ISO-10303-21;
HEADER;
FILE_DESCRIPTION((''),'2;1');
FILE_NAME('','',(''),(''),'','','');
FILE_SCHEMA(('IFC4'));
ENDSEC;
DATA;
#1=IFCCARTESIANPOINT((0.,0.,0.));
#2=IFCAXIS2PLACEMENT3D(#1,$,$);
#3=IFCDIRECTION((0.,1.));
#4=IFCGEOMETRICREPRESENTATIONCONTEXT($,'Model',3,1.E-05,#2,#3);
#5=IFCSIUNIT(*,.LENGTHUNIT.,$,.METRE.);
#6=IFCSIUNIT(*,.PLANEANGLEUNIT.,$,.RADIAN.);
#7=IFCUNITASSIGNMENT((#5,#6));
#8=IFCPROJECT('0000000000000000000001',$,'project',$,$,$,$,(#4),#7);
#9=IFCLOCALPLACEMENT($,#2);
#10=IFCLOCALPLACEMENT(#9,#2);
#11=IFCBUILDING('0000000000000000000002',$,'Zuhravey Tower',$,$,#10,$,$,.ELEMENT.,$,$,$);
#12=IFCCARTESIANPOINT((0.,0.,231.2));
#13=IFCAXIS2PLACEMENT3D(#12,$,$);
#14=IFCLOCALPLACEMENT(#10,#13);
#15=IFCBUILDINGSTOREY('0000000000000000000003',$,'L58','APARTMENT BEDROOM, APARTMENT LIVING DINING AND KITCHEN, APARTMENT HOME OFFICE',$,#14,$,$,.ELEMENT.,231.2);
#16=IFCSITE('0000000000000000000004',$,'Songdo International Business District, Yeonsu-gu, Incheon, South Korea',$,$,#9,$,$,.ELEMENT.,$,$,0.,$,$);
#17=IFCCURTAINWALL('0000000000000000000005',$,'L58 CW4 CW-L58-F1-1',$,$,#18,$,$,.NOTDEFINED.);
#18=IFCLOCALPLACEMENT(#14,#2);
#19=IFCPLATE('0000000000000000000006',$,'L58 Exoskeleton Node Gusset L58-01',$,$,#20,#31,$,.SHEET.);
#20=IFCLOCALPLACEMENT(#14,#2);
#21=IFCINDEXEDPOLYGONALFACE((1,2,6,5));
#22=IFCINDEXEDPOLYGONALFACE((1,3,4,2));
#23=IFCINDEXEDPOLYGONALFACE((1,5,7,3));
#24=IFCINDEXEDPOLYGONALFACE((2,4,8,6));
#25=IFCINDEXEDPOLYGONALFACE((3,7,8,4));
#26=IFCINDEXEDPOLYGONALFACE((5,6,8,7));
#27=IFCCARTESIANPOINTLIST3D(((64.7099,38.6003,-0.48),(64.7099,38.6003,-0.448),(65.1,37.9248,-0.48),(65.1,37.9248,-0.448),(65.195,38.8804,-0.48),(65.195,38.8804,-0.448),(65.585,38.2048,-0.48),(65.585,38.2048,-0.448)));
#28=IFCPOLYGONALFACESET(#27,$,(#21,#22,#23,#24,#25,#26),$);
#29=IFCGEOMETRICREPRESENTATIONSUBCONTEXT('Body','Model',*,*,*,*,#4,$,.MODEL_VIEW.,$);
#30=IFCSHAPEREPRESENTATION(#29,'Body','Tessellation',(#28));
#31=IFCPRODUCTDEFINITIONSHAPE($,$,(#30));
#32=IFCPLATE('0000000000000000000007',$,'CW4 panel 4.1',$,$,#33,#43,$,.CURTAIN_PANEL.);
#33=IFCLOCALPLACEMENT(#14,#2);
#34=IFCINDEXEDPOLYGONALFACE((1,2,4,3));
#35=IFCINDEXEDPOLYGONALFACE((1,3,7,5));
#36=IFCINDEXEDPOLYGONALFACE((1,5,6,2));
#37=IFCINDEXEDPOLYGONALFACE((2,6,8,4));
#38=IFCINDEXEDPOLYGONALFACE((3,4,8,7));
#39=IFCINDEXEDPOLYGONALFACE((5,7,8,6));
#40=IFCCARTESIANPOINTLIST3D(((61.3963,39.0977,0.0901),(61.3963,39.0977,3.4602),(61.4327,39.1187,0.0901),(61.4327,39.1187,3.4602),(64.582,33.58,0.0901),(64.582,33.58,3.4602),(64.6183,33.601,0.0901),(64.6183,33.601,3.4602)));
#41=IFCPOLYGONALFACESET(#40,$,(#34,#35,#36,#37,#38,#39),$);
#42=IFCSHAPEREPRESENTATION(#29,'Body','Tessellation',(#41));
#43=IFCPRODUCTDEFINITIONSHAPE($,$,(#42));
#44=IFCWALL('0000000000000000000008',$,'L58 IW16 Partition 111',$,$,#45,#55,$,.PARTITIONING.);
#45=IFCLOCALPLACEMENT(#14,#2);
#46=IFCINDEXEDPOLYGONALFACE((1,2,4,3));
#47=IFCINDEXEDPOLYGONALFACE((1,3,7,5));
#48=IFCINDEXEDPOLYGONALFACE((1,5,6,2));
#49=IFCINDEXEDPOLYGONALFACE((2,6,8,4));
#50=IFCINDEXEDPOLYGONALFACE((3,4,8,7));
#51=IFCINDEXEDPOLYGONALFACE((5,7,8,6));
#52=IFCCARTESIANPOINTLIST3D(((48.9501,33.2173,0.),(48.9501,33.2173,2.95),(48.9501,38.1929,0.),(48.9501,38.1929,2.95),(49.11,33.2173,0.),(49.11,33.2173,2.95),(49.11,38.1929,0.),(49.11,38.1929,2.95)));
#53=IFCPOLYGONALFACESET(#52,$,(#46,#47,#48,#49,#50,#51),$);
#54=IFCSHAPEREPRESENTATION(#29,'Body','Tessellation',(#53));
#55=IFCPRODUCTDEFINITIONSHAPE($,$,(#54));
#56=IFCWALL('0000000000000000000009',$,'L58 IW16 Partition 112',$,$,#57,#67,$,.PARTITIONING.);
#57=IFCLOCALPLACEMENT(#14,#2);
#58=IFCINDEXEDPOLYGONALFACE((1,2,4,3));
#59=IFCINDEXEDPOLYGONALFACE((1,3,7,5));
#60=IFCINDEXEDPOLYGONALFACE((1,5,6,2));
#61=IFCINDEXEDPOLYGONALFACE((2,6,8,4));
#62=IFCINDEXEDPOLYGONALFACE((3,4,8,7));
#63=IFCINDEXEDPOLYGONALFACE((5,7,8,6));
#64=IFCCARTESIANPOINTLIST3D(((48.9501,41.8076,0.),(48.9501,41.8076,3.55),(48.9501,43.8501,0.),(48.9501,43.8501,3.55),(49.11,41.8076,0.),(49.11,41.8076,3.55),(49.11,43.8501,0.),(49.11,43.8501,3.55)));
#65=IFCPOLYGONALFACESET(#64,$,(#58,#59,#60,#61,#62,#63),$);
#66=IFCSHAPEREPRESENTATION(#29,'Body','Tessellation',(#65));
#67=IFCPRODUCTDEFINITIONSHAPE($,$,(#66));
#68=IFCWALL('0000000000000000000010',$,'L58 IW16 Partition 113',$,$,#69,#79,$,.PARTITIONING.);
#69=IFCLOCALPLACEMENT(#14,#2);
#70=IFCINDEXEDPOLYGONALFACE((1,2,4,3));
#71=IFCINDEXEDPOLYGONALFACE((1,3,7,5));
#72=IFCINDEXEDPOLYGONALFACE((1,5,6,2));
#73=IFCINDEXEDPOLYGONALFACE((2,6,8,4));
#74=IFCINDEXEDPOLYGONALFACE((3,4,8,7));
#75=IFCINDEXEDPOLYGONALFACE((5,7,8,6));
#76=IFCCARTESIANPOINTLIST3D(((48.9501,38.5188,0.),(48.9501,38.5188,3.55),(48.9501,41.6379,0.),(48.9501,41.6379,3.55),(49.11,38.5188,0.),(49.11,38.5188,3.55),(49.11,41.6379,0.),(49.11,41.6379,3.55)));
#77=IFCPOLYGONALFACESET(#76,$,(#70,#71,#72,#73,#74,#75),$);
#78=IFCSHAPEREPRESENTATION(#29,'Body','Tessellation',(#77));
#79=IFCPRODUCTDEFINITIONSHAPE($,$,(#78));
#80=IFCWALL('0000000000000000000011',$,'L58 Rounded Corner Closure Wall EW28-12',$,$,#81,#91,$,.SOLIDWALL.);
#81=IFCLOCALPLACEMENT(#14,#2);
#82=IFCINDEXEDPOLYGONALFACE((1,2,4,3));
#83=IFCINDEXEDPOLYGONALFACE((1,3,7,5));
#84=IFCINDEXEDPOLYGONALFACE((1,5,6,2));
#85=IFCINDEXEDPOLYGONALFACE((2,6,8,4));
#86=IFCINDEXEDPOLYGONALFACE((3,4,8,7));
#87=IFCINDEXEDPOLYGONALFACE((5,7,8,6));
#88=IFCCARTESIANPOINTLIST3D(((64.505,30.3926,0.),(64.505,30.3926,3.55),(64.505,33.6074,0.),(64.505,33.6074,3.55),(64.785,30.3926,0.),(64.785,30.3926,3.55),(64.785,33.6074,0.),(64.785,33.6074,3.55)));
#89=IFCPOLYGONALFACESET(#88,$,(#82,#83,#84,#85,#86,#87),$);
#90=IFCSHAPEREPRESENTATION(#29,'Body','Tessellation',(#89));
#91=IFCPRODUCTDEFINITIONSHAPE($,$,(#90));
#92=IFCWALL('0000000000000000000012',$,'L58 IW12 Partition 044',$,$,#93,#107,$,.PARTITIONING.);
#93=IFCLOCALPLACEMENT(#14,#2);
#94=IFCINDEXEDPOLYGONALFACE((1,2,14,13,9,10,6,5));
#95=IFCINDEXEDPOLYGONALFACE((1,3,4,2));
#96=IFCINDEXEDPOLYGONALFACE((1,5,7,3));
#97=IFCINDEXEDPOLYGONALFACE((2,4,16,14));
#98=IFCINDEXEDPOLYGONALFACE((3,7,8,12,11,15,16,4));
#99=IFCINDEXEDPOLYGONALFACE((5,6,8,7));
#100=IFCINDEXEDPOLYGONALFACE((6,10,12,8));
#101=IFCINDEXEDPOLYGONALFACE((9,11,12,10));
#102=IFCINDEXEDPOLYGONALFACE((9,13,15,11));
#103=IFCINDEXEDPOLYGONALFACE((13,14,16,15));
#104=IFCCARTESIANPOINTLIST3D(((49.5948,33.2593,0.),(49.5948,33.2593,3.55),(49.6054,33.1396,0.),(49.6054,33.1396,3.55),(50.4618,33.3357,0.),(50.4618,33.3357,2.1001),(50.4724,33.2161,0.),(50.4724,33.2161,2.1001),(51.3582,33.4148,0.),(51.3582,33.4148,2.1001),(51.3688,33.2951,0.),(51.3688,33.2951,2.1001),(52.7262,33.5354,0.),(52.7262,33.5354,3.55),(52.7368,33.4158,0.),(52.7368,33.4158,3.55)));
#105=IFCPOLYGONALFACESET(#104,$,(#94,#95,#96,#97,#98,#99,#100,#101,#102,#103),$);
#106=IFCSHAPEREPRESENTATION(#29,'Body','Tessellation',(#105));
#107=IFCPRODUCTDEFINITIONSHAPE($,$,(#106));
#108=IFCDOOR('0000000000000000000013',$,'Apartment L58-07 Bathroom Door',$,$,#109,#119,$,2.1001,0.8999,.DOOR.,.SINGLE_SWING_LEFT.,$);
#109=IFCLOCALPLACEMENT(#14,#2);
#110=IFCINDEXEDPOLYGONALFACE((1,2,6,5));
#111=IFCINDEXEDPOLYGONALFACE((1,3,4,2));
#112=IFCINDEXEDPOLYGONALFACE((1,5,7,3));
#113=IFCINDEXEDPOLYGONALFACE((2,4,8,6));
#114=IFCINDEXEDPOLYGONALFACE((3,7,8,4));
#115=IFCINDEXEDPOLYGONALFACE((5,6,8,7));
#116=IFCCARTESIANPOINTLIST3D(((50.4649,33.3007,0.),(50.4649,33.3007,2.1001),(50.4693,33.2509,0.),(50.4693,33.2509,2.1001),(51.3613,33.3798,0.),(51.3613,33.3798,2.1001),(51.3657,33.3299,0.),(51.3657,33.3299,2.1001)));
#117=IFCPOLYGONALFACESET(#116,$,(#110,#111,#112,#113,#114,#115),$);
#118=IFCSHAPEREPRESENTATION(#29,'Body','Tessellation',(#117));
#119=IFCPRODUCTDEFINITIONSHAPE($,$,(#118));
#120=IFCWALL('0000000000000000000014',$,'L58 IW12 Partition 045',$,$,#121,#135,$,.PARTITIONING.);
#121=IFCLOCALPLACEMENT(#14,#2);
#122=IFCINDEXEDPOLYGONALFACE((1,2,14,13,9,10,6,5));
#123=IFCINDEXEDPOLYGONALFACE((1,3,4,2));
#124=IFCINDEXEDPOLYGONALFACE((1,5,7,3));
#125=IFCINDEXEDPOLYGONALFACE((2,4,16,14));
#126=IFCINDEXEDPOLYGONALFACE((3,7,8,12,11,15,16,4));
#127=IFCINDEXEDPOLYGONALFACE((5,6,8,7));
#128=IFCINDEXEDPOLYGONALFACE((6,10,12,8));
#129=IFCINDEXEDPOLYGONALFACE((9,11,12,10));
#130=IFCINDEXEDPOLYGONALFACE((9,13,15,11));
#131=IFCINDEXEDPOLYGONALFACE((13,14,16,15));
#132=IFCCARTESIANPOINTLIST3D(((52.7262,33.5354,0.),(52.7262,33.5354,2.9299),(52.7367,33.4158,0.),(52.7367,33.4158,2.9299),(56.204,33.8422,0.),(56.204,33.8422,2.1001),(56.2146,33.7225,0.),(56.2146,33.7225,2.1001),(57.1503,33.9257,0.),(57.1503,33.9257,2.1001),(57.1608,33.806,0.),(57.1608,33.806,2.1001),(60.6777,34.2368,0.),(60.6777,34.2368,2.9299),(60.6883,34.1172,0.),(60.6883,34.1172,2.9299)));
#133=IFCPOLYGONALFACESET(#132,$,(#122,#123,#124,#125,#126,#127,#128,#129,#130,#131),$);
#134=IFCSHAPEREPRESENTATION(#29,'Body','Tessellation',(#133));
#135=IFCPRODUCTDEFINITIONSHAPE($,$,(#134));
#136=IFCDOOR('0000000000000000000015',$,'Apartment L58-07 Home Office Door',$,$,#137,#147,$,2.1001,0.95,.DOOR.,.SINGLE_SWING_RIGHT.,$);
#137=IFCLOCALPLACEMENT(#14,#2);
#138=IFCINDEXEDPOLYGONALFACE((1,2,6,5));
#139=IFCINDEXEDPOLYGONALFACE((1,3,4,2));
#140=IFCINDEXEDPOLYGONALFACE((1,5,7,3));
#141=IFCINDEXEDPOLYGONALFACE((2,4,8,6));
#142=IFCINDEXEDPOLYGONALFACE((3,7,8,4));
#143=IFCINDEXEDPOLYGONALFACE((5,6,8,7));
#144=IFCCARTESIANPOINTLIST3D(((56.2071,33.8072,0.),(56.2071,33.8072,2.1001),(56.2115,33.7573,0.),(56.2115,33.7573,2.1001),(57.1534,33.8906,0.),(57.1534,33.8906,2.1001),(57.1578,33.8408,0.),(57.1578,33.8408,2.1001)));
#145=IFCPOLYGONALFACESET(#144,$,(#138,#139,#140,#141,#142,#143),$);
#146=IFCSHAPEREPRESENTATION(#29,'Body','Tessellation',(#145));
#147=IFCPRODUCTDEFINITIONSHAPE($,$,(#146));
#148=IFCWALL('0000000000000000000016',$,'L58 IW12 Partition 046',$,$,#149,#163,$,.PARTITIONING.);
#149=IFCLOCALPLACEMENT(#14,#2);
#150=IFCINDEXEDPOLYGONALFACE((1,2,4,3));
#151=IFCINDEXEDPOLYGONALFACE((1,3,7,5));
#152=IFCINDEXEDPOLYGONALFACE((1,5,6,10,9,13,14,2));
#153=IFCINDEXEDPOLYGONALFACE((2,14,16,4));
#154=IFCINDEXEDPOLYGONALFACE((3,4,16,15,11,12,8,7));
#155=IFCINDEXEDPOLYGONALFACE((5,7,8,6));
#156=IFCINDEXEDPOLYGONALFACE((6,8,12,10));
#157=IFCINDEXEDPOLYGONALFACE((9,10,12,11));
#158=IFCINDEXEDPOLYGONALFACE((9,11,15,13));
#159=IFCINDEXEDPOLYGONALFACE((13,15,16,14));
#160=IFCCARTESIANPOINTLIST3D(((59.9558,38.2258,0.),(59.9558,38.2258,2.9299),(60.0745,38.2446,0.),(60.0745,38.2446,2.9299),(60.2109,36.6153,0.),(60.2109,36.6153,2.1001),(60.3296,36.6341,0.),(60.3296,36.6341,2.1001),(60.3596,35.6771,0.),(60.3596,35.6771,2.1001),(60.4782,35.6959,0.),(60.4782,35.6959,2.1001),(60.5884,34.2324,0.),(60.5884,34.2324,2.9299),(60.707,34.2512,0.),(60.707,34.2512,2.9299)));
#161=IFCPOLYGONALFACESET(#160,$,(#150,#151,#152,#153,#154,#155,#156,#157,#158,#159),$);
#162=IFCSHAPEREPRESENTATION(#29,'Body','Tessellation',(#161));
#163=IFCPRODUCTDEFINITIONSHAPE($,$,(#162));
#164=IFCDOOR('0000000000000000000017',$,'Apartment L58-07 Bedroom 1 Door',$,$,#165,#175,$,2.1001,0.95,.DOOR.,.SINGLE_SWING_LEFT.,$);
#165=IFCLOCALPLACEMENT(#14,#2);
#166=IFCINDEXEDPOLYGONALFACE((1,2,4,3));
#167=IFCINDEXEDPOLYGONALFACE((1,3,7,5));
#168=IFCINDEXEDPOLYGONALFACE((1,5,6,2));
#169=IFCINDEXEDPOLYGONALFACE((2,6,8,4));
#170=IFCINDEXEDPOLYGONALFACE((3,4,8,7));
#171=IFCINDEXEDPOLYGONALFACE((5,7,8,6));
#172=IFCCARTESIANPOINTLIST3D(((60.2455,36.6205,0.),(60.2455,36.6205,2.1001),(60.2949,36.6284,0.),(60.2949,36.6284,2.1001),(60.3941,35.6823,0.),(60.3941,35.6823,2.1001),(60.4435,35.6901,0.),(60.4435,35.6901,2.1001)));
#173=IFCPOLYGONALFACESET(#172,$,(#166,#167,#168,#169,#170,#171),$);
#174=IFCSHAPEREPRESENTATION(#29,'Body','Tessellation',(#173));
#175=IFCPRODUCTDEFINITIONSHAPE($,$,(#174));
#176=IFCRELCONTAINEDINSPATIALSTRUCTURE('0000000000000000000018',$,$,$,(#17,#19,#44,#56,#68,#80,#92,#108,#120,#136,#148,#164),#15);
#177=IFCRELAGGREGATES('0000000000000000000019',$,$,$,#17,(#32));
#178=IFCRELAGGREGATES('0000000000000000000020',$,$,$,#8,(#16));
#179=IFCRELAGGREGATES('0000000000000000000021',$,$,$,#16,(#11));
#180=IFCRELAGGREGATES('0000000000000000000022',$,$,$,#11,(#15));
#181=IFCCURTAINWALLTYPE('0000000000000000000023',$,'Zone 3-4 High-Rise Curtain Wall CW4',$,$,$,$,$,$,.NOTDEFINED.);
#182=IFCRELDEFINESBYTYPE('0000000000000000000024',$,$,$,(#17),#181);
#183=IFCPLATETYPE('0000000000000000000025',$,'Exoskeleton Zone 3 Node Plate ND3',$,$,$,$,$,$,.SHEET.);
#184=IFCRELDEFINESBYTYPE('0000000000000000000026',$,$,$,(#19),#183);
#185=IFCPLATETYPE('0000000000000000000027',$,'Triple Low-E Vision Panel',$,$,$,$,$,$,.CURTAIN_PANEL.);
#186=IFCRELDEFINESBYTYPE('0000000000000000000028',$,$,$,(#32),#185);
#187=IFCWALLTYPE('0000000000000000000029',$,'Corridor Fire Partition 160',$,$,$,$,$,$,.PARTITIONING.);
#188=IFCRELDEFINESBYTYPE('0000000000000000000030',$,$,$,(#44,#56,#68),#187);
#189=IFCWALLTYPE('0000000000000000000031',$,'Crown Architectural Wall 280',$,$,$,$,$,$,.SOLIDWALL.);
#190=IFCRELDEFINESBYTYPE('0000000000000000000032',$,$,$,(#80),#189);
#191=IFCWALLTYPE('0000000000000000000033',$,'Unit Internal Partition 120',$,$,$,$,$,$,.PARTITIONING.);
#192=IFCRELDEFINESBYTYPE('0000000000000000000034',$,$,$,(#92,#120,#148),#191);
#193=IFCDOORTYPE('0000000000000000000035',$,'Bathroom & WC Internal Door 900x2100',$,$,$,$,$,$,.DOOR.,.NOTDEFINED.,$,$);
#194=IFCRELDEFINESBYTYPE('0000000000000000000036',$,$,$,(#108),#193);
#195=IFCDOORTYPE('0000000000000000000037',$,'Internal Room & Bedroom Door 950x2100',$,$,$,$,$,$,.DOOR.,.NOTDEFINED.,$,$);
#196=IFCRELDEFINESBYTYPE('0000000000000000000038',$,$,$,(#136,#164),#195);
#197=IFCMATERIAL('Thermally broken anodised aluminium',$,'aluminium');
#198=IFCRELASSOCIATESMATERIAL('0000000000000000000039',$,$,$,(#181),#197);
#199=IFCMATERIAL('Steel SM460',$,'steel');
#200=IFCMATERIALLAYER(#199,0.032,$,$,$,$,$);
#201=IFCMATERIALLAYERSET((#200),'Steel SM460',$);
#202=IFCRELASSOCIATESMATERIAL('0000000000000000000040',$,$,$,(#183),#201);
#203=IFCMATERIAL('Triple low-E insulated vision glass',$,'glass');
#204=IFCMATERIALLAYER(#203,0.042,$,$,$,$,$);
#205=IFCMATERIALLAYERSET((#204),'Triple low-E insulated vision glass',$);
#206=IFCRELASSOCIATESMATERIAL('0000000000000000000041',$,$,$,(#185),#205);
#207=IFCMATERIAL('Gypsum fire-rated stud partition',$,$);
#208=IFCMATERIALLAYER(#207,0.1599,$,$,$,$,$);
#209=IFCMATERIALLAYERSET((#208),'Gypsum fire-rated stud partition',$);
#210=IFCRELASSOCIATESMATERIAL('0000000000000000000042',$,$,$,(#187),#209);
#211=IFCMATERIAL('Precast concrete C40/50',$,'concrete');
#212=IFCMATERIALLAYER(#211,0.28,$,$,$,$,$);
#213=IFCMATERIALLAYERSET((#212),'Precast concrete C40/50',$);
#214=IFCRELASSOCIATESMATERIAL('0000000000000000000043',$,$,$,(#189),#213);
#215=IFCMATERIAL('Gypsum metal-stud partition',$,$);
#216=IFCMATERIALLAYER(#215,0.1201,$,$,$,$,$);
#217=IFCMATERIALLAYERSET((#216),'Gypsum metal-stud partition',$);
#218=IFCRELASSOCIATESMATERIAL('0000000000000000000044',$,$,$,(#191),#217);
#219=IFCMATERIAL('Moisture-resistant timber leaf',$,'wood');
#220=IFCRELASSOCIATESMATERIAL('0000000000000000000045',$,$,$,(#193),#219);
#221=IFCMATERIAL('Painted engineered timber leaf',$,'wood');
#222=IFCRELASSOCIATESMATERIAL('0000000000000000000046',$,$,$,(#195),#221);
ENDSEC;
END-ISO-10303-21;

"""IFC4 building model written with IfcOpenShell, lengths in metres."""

from ifc_helpers import new_model, si_unit, direction, frame, frame_2d, origin, origin_2d, place, context, subcontext, project, spatial, rectangle, extrude, material, layer, layer_set, type_object, element, fill, aggregate, save


model = new_model("IFC4")

# Units and contexts
model_context = context("Model", 3, precision=1e-05, world=origin(), true_north=direction((0.0, 1.0)))
body_context = subcontext(model_context, "Body", "Model", "MODEL_VIEW")
ifc_project = project(units=[si_unit("LENGTHUNIT", "METRE"), si_unit("PLANEANGLEUNIT", "RADIAN")], contexts=[model_context])

# Site, building, storey
site_placement = place(None, origin())
site = spatial("IfcSite", under=ifc_project, at=site_placement, Name="Songdo International Business District, Yeonsu-gu, Incheon, South Korea", CompositionType="ELEMENT", RefElevation=0.0)
building_placement = place(site_placement, origin())
building = spatial("IfcBuilding", under=site, at=building_placement, Name="Zuhravey Tower", CompositionType="ELEMENT")
storey_placement = place(building_placement, frame((0.0, 0.0, 231.2)))
storey = spatial("IfcBuildingStorey", under=building, at=storey_placement, Name="L58", Description="APARTMENT BEDROOM, APARTMENT LIVING DINING AND KITCHEN, APARTMENT HOME OFFICE", CompositionType="ELEMENT", Elevation=231.2)

# Curtain wall
ifc_material_1 = material(Name="Thermally broken anodised aluminium", Category="aluminium")
curtain_wall_type = type_object("IfcCurtainWallType", Name="Zone 3-4 High-Rise Curtain Wall CW4", PredefinedType="NOTDEFINED", material=ifc_material_1)
curtain_wall_placement = place(storey_placement, origin())
curtain_wall = element("IfcCurtainWall", 1, at=curtain_wall_placement, inside=storey, type_object=curtain_wall_type, Name="L58 CW4 CW-L58-F1-1", PredefinedType="NOTDEFINED")

# Plates
ifc_material_2 = material(Name="Steel SM460", Category="steel")
ifc_layer_1 = layer(ifc_material_2, 0.032)
ifc_layer_set_1 = layer_set([ifc_layer_1], Name="Steel SM460")
plate_type_1 = type_object("IfcPlateType", Name="Exoskeleton Zone 3 Node Plate ND3", PredefinedType="SHEET", material=ifc_layer_set_1)
plate_1_placement = place(storey_placement, frame((65.1475, 38.4026, -0.48), z_axis=(0.0, 0.0, 1.0), x_axis=(-0.5, 0.866025, 0.0)))
element("IfcPlate", 2, at=plate_1_placement, inside=storey, type_object=plate_type_1, Name="L58 Exoskeleton Node Gusset L58-01", PredefinedType="SHEET", context=body_context, shape_type="SweptSolid", body=[
    extrude(rectangle(XDim=0.78, YDim=0.5601, at=origin_2d()), origin(), (0.0, 0.0, 1.0), 0.032),
])
ifc_material_3 = material(Name="Triple low-E insulated vision glass", Category="glass")
ifc_layer_2 = layer(ifc_material_3, 0.042)
ifc_layer_set_2 = layer_set([ifc_layer_2], Name="Triple low-E insulated vision glass")
plate_type_2 = type_object("IfcPlateType", Name="Triple Low-E Vision Panel", PredefinedType="CURTAIN_PANEL", material=ifc_layer_set_2)
plate_2_placement = place(storey_placement, frame((63.0073, 36.3494, 0.0901), z_axis=(0.0, 0.0, 1.0), x_axis=(0.500001, -0.866025, 0.0)))
plate_2 = element("IfcPlate", 3, at=plate_2_placement, type_object=plate_type_2, Name="CW4 panel 4.1", PredefinedType="CURTAIN_PANEL", context=body_context, shape_type="SweptSolid", body=[
    extrude(rectangle(XDim=6.3713, YDim=0.042, at=origin_2d()), origin(), (0.0, 0.0, 1.0), 3.3701),
])
aggregate(curtain_wall, [plate_2])

# Walls
ifc_material_4 = material(Name="Gypsum fire-rated stud partition")
ifc_layer_3 = layer(ifc_material_4, 0.1599)
ifc_layer_set_3 = layer_set([ifc_layer_3], Name="Gypsum fire-rated stud partition")
wall_type_1 = type_object("IfcWallType", Name="Corridor Fire Partition 160", PredefinedType="PARTITIONING", material=ifc_layer_set_3)
wall_1_placement = place(storey_placement, frame((49.03, 33.2173, 0.0), z_axis=(0.0, 0.0, 1.0), x_axis=(0.0, 1.0, 0.0)))
element("IfcWall", 4, at=wall_1_placement, inside=storey, type_object=wall_type_1, Name="L58 IW16 Partition 111", PredefinedType="PARTITIONING", context=body_context, shape_type="SweptSolid", body=[
    extrude(rectangle(XDim=4.9756, YDim=0.1599, at=frame_2d((2.4878, 0.0))), origin(), (0.0, 0.0, 1.0), 2.95),
])
wall_2_placement = place(storey_placement, frame((49.03, 41.8076, 0.0), z_axis=(0.0, 0.0, 1.0), x_axis=(0.0, 1.0, 0.0)))
element("IfcWall", 5, at=wall_2_placement, inside=storey, type_object=wall_type_1, Name="L58 IW16 Partition 112", PredefinedType="PARTITIONING", context=body_context, shape_type="SweptSolid", body=[
    extrude(rectangle(XDim=2.0425, YDim=0.1599, at=frame_2d((1.0212, 0.0))), origin(), (0.0, 0.0, 1.0), 3.55),
])
wall_3_placement = place(storey_placement, frame((49.03, 38.5188, 0.0), z_axis=(0.0, 0.0, 1.0), x_axis=(0.0, 1.0, 0.0)))
element("IfcWall", 6, at=wall_3_placement, inside=storey, type_object=wall_type_1, Name="L58 IW16 Partition 113", PredefinedType="PARTITIONING", context=body_context, shape_type="SweptSolid", body=[
    extrude(rectangle(XDim=3.1191, YDim=0.1599, at=frame_2d((1.5596, 0.0))), origin(), (0.0, 0.0, 1.0), 3.55),
])
ifc_material_5 = material(Name="Precast concrete C40/50", Category="concrete")
ifc_layer_4 = layer(ifc_material_5, 0.28)
ifc_layer_set_4 = layer_set([ifc_layer_4], Name="Precast concrete C40/50")
wall_type_2 = type_object("IfcWallType", Name="Crown Architectural Wall 280", PredefinedType="SOLIDWALL", material=ifc_layer_set_4)
wall_4_placement = place(storey_placement, frame((64.645, 33.6074, 0.0), z_axis=(0.0, 0.0, 1.0), x_axis=(0.0, -1.0, 0.0)))
element("IfcWall", 7, at=wall_4_placement, inside=storey, type_object=wall_type_2, Name="L58 Rounded Corner Closure Wall EW28-12", PredefinedType="SOLIDWALL", context=body_context, shape_type="SweptSolid", body=[
    extrude(rectangle(XDim=3.2148, YDim=0.28, at=frame_2d((1.6074, 0.0))), origin(), (0.0, 0.0, 1.0), 3.55),
])

# Walls, openings, doors
ifc_material_6 = material(Name="Gypsum metal-stud partition")
ifc_layer_5 = layer(ifc_material_6, 0.1201)
ifc_layer_set_5 = layer_set([ifc_layer_5], Name="Gypsum metal-stud partition")
wall_type_3 = type_object("IfcWallType", Name="Unit Internal Partition 120", PredefinedType="PARTITIONING", material=ifc_layer_set_5)
wall_5_placement = place(storey_placement, frame((49.6001, 33.1995, 0.0), z_axis=(0.0, 0.0, 1.0), x_axis=(0.996135, 0.087839, 0.0)))
wall_5 = element("IfcWall", 8, at=wall_5_placement, inside=storey, type_object=wall_type_3, Name="L58 IW12 Partition 044", PredefinedType="PARTITIONING", context=body_context, shape_type="SweptSolid", body=[
    extrude(rectangle(XDim=3.1436, YDim=0.1201, at=frame_2d((1.5718, 0.0))), origin(), (0.0, 0.0, 1.0), 3.55),
])
opening_1_placement = place(wall_5_placement, frame((0.8704, 0.0, 0.0)))
opening_1 = element("IfcOpeningElement", 9, at=opening_1_placement, cuts=wall_5, PredefinedType="OPENING", context=body_context, shape_type="SweptSolid", body=[
    extrude(rectangle(XDim=0.8999, YDim=2.1001, at=frame_2d((0.45, 1.05))), frame((0.0, 0.072, 0.0), z_axis=(0.0, -1.0, 0.0), x_axis=(1.0, 0.0, 0.0)), (0.0, 0.0, 1.0), 0.144),
])
ifc_material_7 = material(Name="Moisture-resistant timber leaf", Category="wood")
door_type_1 = type_object("IfcDoorType", Name="Bathroom & WC Internal Door 900x2100", OperationType="NOTDEFINED", PredefinedType="DOOR", material=ifc_material_7)
door_1_placement = place(opening_1_placement, origin())
door_1 = element("IfcDoor", 10, at=door_1_placement, inside=storey, type_object=door_type_1, Name="Apartment L58-07 Bathroom Door", OperationType="SINGLE_SWING_LEFT", OverallHeight=2.1001, OverallWidth=0.8999, PredefinedType="DOOR", context=body_context, shape_type="SweptSolid", body=[
    extrude(rectangle(XDim=0.8999, YDim=2.1001, at=frame_2d((0.45, 1.05))), frame((0.0, 0.0249, 0.0), z_axis=(0.0, -1.0, 0.0), x_axis=(1.0, 0.0, 0.0)), (0.0, 0.0, 1.0), 0.05),
])
fill(opening_1, door_1)
wall_6_placement = place(storey_placement, frame((52.7314, 33.4756, 0.0), z_axis=(0.0, 0.0, 1.0), x_axis=(0.996132, 0.087869, 0.0)))
wall_6 = element("IfcWall", 11, at=wall_6_placement, inside=storey, type_object=wall_type_3, Name="L58 IW12 Partition 045", PredefinedType="PARTITIONING", context=body_context, shape_type="SweptSolid", body=[
    extrude(rectangle(XDim=7.9824, YDim=0.1201, at=frame_2d((3.9912, 0.0))), origin(), (0.0, 0.0, 1.0), 2.9299),
])
opening_2_placement = place(wall_6_placement, frame((3.4912, 0.0, 0.0)))
opening_2 = element("IfcOpeningElement", 12, at=opening_2_placement, cuts=wall_6, PredefinedType="OPENING", context=body_context, shape_type="SweptSolid", body=[
    extrude(rectangle(XDim=0.95, YDim=2.1001, at=frame_2d((0.4751, 1.05))), frame((0.0, 0.072, 0.0), z_axis=(0.0, -1.0, 0.0), x_axis=(1.0, 0.0, 0.0)), (0.0, 0.0, 1.0), 0.144),
])
ifc_material_8 = material(Name="Painted engineered timber leaf", Category="wood")
door_type_2 = type_object("IfcDoorType", Name="Internal Room & Bedroom Door 950x2100", OperationType="NOTDEFINED", PredefinedType="DOOR", material=ifc_material_8)
door_2_placement = place(opening_2_placement, origin())
door_2 = element("IfcDoor", 13, at=door_2_placement, inside=storey, type_object=door_type_2, Name="Apartment L58-07 Home Office Door", OperationType="SINGLE_SWING_RIGHT", OverallHeight=2.1001, OverallWidth=0.95, PredefinedType="DOOR", context=body_context, shape_type="SweptSolid", body=[
    extrude(rectangle(XDim=0.95, YDim=2.1001, at=frame_2d((0.4751, 1.05))), frame((0.0, 0.0249, 0.0), z_axis=(0.0, -1.0, 0.0), x_axis=(1.0, 0.0, 0.0)), (0.0, 0.0, 1.0), 0.05),
])
fill(opening_2, door_2)
wall_7_placement = place(storey_placement, frame((60.6477, 34.2419, 0.0), z_axis=(0.0, 0.0, 1.0), x_axis=(-0.156452, 0.987685, 0.0)))
wall_7 = element("IfcWall", 14, at=wall_7_placement, inside=storey, type_object=wall_type_3, Name="L58 IW12 Partition 046", PredefinedType="PARTITIONING", context=body_context, shape_type="SweptSolid", body=[
    extrude(rectangle(XDim=4.0432, YDim=0.1201, at=frame_2d((2.0215, 0.0))), origin(), (0.0, 0.0, 1.0), 2.9299),
])
opening_3_placement = place(wall_7_placement, frame((1.4624, 0.0, 0.0)))
opening_3 = element("IfcOpeningElement", 15, at=opening_3_placement, cuts=wall_7, PredefinedType="OPENING", context=body_context, shape_type="SweptSolid", body=[
    extrude(rectangle(XDim=0.95, YDim=2.1001, at=frame_2d((0.4751, 1.05))), frame((0.0, 0.072, 0.0), z_axis=(0.0, -1.0, 0.0), x_axis=(1.0, 0.0, 0.0)), (0.0, 0.0, 1.0), 0.144),
])
door_3_placement = place(opening_3_placement, frame((0.95, 0.0, 0.0), z_axis=(0.0, 0.0, 1.0), x_axis=(-1.0, 0.0, 0.0)))
door_3 = element("IfcDoor", 16, at=door_3_placement, inside=storey, type_object=door_type_2, Name="Apartment L58-07 Bedroom 1 Door", OperationType="SINGLE_SWING_LEFT", OverallHeight=2.1001, OverallWidth=0.95, PredefinedType="DOOR", context=body_context, shape_type="SweptSolid", body=[
    extrude(rectangle(XDim=0.95, YDim=2.1001, at=frame_2d((0.4751, 1.05))), frame((0.0, 0.0249, 0.0), z_axis=(0.0, -1.0, 0.0), x_axis=(1.0, 0.0, 0.0)), (0.0, 0.0, 1.0), 0.05),
])
fill(opening_3, door_3)

save(model, "model.ifc")
